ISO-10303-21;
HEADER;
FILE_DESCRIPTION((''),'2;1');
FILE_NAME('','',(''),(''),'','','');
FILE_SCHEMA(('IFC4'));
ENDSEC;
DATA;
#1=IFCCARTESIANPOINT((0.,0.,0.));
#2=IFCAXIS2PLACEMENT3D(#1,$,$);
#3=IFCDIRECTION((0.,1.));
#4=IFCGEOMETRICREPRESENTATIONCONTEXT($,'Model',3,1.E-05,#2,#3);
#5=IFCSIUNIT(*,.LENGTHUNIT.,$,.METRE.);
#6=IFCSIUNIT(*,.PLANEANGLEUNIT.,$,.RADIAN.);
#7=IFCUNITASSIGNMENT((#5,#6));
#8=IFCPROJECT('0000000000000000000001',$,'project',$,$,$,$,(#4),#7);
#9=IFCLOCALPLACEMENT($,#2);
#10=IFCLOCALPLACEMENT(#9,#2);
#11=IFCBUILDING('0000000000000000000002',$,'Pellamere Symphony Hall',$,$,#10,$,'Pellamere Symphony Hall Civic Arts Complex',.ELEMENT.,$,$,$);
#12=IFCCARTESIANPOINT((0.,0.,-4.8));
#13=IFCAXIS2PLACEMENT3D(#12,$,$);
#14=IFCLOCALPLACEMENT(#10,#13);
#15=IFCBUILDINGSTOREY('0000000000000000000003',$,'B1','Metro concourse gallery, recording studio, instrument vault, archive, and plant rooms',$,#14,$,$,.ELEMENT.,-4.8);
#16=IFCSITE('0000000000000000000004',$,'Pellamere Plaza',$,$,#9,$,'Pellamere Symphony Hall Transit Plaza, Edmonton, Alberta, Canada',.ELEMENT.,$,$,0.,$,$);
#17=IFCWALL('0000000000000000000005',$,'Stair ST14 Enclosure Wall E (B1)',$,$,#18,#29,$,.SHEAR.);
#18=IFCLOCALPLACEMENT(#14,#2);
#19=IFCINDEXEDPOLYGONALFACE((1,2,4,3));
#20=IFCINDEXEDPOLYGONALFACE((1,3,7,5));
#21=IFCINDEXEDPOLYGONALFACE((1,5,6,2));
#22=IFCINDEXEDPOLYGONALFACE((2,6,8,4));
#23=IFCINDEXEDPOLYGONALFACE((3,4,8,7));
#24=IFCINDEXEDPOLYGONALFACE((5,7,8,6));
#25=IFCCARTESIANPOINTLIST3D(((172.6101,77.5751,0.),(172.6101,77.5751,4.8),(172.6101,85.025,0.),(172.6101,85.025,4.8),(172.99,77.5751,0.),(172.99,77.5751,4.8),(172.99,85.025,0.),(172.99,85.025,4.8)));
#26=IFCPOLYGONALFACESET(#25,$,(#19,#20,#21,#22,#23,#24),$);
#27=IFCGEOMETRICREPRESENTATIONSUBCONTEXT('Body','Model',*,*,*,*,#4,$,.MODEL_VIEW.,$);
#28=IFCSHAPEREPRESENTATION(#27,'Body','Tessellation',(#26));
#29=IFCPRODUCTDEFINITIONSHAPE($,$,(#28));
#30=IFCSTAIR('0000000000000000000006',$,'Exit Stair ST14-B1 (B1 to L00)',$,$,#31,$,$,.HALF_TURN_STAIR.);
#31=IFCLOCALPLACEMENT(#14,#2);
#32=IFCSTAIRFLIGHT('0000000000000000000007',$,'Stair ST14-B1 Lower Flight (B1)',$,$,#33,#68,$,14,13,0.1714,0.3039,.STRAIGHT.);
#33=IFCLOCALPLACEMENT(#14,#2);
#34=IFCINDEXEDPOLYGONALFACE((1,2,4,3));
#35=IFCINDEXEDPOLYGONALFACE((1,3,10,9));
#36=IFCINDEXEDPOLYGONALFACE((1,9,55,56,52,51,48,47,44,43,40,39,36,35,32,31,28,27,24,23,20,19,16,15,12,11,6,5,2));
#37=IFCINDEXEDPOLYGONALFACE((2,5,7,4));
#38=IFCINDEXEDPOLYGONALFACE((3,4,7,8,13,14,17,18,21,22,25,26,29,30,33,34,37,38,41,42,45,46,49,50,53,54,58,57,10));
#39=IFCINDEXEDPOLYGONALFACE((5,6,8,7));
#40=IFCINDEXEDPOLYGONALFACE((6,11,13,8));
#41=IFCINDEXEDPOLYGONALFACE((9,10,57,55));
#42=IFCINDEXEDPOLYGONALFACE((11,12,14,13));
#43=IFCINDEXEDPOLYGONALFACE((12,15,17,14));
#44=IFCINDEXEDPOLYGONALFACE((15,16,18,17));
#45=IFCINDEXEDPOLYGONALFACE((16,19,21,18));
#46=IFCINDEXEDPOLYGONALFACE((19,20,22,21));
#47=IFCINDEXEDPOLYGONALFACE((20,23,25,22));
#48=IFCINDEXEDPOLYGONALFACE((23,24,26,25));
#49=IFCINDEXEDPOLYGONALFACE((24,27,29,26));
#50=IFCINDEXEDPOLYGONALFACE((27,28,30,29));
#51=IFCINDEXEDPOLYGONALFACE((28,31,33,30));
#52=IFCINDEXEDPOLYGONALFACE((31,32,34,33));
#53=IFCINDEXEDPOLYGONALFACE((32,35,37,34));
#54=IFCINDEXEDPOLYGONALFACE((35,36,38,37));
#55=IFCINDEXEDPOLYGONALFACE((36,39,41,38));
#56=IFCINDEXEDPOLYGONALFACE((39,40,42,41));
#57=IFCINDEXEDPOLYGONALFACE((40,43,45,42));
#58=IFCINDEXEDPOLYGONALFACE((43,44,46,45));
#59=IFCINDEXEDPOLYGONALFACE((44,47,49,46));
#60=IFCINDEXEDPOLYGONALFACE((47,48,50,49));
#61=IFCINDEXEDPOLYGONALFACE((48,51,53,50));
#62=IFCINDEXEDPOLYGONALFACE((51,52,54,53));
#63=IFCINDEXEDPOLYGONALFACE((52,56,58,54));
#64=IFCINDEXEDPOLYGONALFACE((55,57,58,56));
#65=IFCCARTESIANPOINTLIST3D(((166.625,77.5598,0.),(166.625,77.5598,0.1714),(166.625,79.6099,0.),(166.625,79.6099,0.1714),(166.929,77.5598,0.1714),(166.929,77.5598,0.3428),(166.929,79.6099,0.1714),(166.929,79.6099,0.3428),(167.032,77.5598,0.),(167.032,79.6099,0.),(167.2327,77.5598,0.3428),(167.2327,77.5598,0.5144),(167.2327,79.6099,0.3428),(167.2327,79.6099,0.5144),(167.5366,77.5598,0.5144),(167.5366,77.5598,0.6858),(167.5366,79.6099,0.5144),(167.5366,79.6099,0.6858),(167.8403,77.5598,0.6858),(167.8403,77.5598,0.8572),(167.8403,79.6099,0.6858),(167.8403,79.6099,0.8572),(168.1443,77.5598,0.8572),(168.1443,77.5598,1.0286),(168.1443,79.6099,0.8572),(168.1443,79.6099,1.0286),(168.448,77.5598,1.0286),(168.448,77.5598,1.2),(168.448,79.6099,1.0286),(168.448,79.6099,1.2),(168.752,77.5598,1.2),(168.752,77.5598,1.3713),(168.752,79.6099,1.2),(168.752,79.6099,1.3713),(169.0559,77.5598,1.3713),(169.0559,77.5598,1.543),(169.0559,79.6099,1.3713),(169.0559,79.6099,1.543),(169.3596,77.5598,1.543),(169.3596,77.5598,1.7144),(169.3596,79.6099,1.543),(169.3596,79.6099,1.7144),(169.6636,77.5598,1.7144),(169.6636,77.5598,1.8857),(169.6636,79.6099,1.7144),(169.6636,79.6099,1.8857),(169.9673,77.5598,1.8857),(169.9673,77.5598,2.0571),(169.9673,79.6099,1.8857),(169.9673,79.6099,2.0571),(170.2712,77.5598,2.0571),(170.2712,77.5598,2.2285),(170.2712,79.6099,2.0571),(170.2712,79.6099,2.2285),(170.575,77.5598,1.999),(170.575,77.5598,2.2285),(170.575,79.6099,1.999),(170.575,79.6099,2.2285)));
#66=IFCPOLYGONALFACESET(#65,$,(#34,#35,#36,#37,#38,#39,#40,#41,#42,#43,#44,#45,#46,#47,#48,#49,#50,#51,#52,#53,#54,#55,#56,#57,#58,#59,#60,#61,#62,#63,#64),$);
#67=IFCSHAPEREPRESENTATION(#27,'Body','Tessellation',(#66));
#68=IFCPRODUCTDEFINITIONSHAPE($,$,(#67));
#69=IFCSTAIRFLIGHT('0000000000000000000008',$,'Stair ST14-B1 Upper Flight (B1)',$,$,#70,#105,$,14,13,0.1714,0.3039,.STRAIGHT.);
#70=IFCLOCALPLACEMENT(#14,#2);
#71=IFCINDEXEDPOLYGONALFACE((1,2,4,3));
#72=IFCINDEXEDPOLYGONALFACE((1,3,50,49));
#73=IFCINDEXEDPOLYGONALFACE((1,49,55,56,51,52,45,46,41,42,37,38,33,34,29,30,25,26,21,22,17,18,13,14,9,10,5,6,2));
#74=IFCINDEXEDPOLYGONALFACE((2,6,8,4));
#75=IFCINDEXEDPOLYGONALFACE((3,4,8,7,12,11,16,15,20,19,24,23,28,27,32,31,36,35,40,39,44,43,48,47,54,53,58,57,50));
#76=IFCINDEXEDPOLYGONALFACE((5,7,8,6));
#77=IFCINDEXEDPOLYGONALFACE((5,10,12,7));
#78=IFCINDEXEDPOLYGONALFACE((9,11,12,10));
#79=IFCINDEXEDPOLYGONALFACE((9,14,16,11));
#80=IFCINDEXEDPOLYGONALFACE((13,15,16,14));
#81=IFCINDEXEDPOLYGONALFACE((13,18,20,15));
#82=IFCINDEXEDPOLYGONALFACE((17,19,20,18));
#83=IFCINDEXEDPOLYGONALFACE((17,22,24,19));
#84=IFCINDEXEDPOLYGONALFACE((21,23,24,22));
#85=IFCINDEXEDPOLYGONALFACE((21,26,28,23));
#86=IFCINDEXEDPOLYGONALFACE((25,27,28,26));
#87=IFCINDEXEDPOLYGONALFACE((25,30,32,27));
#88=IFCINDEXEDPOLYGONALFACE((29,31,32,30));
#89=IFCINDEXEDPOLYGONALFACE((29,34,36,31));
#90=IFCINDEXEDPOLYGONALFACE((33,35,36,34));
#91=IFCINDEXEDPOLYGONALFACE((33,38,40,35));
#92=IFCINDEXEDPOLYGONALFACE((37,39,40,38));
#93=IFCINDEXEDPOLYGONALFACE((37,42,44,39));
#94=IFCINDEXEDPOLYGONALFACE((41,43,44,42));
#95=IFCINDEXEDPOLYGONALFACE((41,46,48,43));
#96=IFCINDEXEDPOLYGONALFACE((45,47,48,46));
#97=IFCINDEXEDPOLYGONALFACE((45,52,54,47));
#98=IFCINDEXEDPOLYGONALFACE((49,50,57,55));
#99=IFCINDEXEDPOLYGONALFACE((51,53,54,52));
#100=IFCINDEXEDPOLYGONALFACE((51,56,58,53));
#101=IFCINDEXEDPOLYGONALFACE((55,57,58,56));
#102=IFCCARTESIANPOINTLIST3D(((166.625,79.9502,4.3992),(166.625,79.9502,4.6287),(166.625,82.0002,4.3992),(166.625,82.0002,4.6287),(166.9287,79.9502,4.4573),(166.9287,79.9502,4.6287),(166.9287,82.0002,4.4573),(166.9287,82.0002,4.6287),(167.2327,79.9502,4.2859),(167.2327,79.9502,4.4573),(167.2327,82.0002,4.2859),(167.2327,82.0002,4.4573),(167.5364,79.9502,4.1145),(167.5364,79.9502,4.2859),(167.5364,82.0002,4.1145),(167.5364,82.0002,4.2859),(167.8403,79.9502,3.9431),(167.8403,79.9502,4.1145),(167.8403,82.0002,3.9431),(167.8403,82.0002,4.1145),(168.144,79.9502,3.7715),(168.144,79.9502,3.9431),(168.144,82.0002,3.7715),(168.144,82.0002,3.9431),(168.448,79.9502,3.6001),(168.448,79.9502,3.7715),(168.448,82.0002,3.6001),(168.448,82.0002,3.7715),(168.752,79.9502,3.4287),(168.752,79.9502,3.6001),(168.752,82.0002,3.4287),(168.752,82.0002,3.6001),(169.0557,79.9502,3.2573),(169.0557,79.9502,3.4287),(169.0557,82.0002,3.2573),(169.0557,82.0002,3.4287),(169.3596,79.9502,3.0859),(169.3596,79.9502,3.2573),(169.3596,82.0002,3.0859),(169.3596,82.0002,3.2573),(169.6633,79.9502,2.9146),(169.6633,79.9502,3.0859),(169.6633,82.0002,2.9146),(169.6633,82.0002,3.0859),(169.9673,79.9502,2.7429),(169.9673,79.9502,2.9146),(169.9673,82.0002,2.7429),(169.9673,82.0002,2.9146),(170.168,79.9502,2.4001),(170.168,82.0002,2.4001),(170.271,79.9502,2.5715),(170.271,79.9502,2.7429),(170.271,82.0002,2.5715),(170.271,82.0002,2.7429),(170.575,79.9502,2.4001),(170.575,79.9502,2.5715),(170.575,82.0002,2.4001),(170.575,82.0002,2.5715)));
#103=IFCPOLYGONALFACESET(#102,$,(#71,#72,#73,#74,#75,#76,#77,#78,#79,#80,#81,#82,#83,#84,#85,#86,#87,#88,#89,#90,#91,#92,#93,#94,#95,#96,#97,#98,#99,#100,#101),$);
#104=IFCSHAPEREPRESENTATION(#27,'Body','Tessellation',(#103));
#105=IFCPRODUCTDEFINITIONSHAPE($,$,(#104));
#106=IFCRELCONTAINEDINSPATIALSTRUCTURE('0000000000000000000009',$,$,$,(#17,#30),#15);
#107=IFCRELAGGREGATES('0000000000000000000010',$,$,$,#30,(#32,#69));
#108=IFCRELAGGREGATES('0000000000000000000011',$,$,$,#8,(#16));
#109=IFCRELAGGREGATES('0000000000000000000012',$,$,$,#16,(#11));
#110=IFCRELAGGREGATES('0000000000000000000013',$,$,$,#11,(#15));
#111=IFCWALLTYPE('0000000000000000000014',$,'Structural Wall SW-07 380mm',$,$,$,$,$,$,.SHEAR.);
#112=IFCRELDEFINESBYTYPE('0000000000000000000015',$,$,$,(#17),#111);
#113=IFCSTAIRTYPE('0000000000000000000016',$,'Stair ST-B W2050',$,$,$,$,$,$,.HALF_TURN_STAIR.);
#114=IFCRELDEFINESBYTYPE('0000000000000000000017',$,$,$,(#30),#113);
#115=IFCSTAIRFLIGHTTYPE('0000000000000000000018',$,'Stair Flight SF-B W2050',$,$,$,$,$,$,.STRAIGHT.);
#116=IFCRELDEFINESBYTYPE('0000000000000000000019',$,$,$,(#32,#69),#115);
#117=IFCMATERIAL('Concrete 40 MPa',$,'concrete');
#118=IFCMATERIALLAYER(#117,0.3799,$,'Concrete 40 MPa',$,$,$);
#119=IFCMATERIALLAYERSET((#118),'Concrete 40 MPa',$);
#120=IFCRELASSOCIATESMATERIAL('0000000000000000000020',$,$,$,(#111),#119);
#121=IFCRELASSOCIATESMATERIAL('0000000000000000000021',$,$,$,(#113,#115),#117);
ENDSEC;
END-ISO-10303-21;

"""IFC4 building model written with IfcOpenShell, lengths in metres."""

from ifc_helpers import new_model, si_unit, direction, frame, frame_2d, origin, place, context, subcontext, project, spatial, polyline, rectangle, outline, extrude, material, layer, layer_set, type_object, element, aggregate, save


model = new_model("IFC4")

# Units and contexts
model_context = context("Model", 3, precision=1e-05, world=origin(), true_north=direction((0.0, 1.0)))
body_context = subcontext(model_context, "Body", "Model", "MODEL_VIEW")
ifc_project = project(units=[si_unit("LENGTHUNIT", "METRE"), si_unit("PLANEANGLEUNIT", "RADIAN")], contexts=[model_context])

# Site, building, storey
site_placement = place(None, origin())
site = spatial("IfcSite", under=ifc_project, at=site_placement, Name="Pellamere Plaza", LongName="Pellamere Symphony Hall Transit Plaza, Edmonton, Alberta, Canada", CompositionType="ELEMENT", RefElevation=0.0)
building_placement = place(site_placement, origin())
building = spatial("IfcBuilding", under=site, at=building_placement, Name="Pellamere Symphony Hall", LongName="Pellamere Symphony Hall Civic Arts Complex", CompositionType="ELEMENT")
storey_placement = place(building_placement, frame((0.0, 0.0, -4.8)))
storey = spatial("IfcBuildingStorey", under=building, at=storey_placement, Name="B1", Description="Metro concourse gallery, recording studio, instrument vault, archive, and plant rooms", CompositionType="ELEMENT", Elevation=-4.8)

# Shared definitions
ifc_material_1 = material(Name="Concrete 40 MPa", Category="concrete")

# Wall
ifc_layer_1 = layer(ifc_material_1, 0.3799, Name="Concrete 40 MPa")
ifc_layer_set_1 = layer_set([ifc_layer_1], Name="Concrete 40 MPa")
wall_type_1 = type_object("IfcWallType", Name="Structural Wall SW-07 380mm", PredefinedType="SHEAR", material=ifc_layer_set_1)
wall_1_placement = place(storey_placement, frame((172.8, 77.575, 0.0), z_axis=(0.0, 0.0, 1.0), x_axis=(0.0, 1.0, 0.0)))
element("IfcWall", 1, at=wall_1_placement, inside=storey, type_object=wall_type_1, Name="Stair ST14 Enclosure Wall E (B1)", PredefinedType="SHEAR", context=body_context, shape_type="SweptSolid", body=[
    extrude(rectangle(XDim=7.45, YDim=0.3799, at=frame_2d((3.7251, 0.0))), origin(), (0.0, 0.0, 1.0), 4.8),
])

# Stair, stair flights
stair_type = type_object("IfcStairType", Name="Stair ST-B W2050", PredefinedType="HALF_TURN_STAIR", material=ifc_material_1)
stair_placement = place(storey_placement, origin())
stair = element("IfcStair", 2, at=stair_placement, inside=storey, type_object=stair_type, Name="Exit Stair ST14-B1 (B1 to L00)", PredefinedType="HALF_TURN_STAIR")
stair_flight_type = type_object("IfcStairFlightType", Name="Stair Flight SF-B W2050", PredefinedType="STRAIGHT", material=ifc_material_1)
stair_flight_1_placement = place(storey_placement, frame((166.625, 78.585, 0.0), z_axis=(0.0, 0.0, 1.0), x_axis=(1.0, 0.0, 0.0)))
stair_flight_1 = element("IfcStairFlight", 3, at=stair_flight_1_placement, type_object=stair_flight_type, Name="Stair ST14-B1 Lower Flight (B1)", NumberOfRisers=14, NumberOfTreads=13, PredefinedType="STRAIGHT", RiserHeight=0.1714, TreadLength=0.3039, context=body_context, shape_type="SweptSolid", body=[
    extrude(outline(polyline([(0.0, 0.0), (0.0, 0.1714), (0.304, 0.1714), (0.304, 0.3428), (0.6077, 0.3428), (0.6077, 0.5144), (0.9116, 0.5144), (0.9116, 0.6858), (1.2153, 0.6858), (1.2153, 0.8572), (1.5193, 0.8572), (1.5193, 1.0286), (1.823, 1.0286), (1.823, 1.2), (2.127, 1.2), (2.127, 1.3713), (2.4309, 1.3713), (2.4309, 1.543), (2.7346, 1.543), (2.7346, 1.7144), (3.0386, 1.7144), (3.0386, 1.8857), (3.3423, 1.8857), (3.3423, 2.0571), (3.6462, 2.0571), (3.6462, 2.2285), (3.95, 2.2285), (3.95, 2.3999), (3.95, 1.999), (0.407, 0.0), (0.0, 0.0)])), frame((0.0, 1.0249, 0.0), z_axis=(0.0, -1.0, 0.0), x_axis=(1.0, 0.0, 0.0)), (0.0, 0.0, 1.0), 2.05),
])
stair_flight_2_placement = place(storey_placement, frame((170.575, 80.9751, 2.4001), z_axis=(0.0, 0.0, 1.0), x_axis=(-1.0, 0.0, 0.0)))
stair_flight_2 = element("IfcStairFlight", 4, at=stair_flight_2_placement, type_object=stair_flight_type, Name="Stair ST14-B1 Upper Flight (B1)", NumberOfRisers=14, NumberOfTreads=13, PredefinedType="STRAIGHT", RiserHeight=0.1714, TreadLength=0.3039, context=body_context, shape_type="SweptSolid", body=[
    extrude(outline(polyline([(0.0, 0.0), (0.0, 0.1714), (0.304, 0.1714), (0.304, 0.3428), (0.6077, 0.3428), (0.6077, 0.5144), (0.9116, 0.5144), (0.9116, 0.6858), (1.2153, 0.6858), (1.2153, 0.8572), (1.5193, 0.8572), (1.5193, 1.0286), (1.823, 1.0286), (1.823, 1.2), (2.127, 1.2), (2.127, 1.3713), (2.4309, 1.3713), (2.4309, 1.543), (2.7346, 1.543), (2.7346, 1.7144), (3.0386, 1.7144), (3.0386, 1.8857), (3.3423, 1.8857), (3.3423, 2.0571), (3.6462, 2.0571), (3.6462, 2.2285), (3.95, 2.2285), (3.95, 2.3999), (3.95, 1.999), (0.407, 0.0), (0.0, 0.0)])), frame((0.0, 1.0249, 0.0), z_axis=(0.0, -1.0, 0.0), x_axis=(1.0, 0.0, 0.0)), (0.0, 0.0, 1.0), 2.05),
])
aggregate(stair, [stair_flight_1, stair_flight_2])

save(model, "model.ifc")
